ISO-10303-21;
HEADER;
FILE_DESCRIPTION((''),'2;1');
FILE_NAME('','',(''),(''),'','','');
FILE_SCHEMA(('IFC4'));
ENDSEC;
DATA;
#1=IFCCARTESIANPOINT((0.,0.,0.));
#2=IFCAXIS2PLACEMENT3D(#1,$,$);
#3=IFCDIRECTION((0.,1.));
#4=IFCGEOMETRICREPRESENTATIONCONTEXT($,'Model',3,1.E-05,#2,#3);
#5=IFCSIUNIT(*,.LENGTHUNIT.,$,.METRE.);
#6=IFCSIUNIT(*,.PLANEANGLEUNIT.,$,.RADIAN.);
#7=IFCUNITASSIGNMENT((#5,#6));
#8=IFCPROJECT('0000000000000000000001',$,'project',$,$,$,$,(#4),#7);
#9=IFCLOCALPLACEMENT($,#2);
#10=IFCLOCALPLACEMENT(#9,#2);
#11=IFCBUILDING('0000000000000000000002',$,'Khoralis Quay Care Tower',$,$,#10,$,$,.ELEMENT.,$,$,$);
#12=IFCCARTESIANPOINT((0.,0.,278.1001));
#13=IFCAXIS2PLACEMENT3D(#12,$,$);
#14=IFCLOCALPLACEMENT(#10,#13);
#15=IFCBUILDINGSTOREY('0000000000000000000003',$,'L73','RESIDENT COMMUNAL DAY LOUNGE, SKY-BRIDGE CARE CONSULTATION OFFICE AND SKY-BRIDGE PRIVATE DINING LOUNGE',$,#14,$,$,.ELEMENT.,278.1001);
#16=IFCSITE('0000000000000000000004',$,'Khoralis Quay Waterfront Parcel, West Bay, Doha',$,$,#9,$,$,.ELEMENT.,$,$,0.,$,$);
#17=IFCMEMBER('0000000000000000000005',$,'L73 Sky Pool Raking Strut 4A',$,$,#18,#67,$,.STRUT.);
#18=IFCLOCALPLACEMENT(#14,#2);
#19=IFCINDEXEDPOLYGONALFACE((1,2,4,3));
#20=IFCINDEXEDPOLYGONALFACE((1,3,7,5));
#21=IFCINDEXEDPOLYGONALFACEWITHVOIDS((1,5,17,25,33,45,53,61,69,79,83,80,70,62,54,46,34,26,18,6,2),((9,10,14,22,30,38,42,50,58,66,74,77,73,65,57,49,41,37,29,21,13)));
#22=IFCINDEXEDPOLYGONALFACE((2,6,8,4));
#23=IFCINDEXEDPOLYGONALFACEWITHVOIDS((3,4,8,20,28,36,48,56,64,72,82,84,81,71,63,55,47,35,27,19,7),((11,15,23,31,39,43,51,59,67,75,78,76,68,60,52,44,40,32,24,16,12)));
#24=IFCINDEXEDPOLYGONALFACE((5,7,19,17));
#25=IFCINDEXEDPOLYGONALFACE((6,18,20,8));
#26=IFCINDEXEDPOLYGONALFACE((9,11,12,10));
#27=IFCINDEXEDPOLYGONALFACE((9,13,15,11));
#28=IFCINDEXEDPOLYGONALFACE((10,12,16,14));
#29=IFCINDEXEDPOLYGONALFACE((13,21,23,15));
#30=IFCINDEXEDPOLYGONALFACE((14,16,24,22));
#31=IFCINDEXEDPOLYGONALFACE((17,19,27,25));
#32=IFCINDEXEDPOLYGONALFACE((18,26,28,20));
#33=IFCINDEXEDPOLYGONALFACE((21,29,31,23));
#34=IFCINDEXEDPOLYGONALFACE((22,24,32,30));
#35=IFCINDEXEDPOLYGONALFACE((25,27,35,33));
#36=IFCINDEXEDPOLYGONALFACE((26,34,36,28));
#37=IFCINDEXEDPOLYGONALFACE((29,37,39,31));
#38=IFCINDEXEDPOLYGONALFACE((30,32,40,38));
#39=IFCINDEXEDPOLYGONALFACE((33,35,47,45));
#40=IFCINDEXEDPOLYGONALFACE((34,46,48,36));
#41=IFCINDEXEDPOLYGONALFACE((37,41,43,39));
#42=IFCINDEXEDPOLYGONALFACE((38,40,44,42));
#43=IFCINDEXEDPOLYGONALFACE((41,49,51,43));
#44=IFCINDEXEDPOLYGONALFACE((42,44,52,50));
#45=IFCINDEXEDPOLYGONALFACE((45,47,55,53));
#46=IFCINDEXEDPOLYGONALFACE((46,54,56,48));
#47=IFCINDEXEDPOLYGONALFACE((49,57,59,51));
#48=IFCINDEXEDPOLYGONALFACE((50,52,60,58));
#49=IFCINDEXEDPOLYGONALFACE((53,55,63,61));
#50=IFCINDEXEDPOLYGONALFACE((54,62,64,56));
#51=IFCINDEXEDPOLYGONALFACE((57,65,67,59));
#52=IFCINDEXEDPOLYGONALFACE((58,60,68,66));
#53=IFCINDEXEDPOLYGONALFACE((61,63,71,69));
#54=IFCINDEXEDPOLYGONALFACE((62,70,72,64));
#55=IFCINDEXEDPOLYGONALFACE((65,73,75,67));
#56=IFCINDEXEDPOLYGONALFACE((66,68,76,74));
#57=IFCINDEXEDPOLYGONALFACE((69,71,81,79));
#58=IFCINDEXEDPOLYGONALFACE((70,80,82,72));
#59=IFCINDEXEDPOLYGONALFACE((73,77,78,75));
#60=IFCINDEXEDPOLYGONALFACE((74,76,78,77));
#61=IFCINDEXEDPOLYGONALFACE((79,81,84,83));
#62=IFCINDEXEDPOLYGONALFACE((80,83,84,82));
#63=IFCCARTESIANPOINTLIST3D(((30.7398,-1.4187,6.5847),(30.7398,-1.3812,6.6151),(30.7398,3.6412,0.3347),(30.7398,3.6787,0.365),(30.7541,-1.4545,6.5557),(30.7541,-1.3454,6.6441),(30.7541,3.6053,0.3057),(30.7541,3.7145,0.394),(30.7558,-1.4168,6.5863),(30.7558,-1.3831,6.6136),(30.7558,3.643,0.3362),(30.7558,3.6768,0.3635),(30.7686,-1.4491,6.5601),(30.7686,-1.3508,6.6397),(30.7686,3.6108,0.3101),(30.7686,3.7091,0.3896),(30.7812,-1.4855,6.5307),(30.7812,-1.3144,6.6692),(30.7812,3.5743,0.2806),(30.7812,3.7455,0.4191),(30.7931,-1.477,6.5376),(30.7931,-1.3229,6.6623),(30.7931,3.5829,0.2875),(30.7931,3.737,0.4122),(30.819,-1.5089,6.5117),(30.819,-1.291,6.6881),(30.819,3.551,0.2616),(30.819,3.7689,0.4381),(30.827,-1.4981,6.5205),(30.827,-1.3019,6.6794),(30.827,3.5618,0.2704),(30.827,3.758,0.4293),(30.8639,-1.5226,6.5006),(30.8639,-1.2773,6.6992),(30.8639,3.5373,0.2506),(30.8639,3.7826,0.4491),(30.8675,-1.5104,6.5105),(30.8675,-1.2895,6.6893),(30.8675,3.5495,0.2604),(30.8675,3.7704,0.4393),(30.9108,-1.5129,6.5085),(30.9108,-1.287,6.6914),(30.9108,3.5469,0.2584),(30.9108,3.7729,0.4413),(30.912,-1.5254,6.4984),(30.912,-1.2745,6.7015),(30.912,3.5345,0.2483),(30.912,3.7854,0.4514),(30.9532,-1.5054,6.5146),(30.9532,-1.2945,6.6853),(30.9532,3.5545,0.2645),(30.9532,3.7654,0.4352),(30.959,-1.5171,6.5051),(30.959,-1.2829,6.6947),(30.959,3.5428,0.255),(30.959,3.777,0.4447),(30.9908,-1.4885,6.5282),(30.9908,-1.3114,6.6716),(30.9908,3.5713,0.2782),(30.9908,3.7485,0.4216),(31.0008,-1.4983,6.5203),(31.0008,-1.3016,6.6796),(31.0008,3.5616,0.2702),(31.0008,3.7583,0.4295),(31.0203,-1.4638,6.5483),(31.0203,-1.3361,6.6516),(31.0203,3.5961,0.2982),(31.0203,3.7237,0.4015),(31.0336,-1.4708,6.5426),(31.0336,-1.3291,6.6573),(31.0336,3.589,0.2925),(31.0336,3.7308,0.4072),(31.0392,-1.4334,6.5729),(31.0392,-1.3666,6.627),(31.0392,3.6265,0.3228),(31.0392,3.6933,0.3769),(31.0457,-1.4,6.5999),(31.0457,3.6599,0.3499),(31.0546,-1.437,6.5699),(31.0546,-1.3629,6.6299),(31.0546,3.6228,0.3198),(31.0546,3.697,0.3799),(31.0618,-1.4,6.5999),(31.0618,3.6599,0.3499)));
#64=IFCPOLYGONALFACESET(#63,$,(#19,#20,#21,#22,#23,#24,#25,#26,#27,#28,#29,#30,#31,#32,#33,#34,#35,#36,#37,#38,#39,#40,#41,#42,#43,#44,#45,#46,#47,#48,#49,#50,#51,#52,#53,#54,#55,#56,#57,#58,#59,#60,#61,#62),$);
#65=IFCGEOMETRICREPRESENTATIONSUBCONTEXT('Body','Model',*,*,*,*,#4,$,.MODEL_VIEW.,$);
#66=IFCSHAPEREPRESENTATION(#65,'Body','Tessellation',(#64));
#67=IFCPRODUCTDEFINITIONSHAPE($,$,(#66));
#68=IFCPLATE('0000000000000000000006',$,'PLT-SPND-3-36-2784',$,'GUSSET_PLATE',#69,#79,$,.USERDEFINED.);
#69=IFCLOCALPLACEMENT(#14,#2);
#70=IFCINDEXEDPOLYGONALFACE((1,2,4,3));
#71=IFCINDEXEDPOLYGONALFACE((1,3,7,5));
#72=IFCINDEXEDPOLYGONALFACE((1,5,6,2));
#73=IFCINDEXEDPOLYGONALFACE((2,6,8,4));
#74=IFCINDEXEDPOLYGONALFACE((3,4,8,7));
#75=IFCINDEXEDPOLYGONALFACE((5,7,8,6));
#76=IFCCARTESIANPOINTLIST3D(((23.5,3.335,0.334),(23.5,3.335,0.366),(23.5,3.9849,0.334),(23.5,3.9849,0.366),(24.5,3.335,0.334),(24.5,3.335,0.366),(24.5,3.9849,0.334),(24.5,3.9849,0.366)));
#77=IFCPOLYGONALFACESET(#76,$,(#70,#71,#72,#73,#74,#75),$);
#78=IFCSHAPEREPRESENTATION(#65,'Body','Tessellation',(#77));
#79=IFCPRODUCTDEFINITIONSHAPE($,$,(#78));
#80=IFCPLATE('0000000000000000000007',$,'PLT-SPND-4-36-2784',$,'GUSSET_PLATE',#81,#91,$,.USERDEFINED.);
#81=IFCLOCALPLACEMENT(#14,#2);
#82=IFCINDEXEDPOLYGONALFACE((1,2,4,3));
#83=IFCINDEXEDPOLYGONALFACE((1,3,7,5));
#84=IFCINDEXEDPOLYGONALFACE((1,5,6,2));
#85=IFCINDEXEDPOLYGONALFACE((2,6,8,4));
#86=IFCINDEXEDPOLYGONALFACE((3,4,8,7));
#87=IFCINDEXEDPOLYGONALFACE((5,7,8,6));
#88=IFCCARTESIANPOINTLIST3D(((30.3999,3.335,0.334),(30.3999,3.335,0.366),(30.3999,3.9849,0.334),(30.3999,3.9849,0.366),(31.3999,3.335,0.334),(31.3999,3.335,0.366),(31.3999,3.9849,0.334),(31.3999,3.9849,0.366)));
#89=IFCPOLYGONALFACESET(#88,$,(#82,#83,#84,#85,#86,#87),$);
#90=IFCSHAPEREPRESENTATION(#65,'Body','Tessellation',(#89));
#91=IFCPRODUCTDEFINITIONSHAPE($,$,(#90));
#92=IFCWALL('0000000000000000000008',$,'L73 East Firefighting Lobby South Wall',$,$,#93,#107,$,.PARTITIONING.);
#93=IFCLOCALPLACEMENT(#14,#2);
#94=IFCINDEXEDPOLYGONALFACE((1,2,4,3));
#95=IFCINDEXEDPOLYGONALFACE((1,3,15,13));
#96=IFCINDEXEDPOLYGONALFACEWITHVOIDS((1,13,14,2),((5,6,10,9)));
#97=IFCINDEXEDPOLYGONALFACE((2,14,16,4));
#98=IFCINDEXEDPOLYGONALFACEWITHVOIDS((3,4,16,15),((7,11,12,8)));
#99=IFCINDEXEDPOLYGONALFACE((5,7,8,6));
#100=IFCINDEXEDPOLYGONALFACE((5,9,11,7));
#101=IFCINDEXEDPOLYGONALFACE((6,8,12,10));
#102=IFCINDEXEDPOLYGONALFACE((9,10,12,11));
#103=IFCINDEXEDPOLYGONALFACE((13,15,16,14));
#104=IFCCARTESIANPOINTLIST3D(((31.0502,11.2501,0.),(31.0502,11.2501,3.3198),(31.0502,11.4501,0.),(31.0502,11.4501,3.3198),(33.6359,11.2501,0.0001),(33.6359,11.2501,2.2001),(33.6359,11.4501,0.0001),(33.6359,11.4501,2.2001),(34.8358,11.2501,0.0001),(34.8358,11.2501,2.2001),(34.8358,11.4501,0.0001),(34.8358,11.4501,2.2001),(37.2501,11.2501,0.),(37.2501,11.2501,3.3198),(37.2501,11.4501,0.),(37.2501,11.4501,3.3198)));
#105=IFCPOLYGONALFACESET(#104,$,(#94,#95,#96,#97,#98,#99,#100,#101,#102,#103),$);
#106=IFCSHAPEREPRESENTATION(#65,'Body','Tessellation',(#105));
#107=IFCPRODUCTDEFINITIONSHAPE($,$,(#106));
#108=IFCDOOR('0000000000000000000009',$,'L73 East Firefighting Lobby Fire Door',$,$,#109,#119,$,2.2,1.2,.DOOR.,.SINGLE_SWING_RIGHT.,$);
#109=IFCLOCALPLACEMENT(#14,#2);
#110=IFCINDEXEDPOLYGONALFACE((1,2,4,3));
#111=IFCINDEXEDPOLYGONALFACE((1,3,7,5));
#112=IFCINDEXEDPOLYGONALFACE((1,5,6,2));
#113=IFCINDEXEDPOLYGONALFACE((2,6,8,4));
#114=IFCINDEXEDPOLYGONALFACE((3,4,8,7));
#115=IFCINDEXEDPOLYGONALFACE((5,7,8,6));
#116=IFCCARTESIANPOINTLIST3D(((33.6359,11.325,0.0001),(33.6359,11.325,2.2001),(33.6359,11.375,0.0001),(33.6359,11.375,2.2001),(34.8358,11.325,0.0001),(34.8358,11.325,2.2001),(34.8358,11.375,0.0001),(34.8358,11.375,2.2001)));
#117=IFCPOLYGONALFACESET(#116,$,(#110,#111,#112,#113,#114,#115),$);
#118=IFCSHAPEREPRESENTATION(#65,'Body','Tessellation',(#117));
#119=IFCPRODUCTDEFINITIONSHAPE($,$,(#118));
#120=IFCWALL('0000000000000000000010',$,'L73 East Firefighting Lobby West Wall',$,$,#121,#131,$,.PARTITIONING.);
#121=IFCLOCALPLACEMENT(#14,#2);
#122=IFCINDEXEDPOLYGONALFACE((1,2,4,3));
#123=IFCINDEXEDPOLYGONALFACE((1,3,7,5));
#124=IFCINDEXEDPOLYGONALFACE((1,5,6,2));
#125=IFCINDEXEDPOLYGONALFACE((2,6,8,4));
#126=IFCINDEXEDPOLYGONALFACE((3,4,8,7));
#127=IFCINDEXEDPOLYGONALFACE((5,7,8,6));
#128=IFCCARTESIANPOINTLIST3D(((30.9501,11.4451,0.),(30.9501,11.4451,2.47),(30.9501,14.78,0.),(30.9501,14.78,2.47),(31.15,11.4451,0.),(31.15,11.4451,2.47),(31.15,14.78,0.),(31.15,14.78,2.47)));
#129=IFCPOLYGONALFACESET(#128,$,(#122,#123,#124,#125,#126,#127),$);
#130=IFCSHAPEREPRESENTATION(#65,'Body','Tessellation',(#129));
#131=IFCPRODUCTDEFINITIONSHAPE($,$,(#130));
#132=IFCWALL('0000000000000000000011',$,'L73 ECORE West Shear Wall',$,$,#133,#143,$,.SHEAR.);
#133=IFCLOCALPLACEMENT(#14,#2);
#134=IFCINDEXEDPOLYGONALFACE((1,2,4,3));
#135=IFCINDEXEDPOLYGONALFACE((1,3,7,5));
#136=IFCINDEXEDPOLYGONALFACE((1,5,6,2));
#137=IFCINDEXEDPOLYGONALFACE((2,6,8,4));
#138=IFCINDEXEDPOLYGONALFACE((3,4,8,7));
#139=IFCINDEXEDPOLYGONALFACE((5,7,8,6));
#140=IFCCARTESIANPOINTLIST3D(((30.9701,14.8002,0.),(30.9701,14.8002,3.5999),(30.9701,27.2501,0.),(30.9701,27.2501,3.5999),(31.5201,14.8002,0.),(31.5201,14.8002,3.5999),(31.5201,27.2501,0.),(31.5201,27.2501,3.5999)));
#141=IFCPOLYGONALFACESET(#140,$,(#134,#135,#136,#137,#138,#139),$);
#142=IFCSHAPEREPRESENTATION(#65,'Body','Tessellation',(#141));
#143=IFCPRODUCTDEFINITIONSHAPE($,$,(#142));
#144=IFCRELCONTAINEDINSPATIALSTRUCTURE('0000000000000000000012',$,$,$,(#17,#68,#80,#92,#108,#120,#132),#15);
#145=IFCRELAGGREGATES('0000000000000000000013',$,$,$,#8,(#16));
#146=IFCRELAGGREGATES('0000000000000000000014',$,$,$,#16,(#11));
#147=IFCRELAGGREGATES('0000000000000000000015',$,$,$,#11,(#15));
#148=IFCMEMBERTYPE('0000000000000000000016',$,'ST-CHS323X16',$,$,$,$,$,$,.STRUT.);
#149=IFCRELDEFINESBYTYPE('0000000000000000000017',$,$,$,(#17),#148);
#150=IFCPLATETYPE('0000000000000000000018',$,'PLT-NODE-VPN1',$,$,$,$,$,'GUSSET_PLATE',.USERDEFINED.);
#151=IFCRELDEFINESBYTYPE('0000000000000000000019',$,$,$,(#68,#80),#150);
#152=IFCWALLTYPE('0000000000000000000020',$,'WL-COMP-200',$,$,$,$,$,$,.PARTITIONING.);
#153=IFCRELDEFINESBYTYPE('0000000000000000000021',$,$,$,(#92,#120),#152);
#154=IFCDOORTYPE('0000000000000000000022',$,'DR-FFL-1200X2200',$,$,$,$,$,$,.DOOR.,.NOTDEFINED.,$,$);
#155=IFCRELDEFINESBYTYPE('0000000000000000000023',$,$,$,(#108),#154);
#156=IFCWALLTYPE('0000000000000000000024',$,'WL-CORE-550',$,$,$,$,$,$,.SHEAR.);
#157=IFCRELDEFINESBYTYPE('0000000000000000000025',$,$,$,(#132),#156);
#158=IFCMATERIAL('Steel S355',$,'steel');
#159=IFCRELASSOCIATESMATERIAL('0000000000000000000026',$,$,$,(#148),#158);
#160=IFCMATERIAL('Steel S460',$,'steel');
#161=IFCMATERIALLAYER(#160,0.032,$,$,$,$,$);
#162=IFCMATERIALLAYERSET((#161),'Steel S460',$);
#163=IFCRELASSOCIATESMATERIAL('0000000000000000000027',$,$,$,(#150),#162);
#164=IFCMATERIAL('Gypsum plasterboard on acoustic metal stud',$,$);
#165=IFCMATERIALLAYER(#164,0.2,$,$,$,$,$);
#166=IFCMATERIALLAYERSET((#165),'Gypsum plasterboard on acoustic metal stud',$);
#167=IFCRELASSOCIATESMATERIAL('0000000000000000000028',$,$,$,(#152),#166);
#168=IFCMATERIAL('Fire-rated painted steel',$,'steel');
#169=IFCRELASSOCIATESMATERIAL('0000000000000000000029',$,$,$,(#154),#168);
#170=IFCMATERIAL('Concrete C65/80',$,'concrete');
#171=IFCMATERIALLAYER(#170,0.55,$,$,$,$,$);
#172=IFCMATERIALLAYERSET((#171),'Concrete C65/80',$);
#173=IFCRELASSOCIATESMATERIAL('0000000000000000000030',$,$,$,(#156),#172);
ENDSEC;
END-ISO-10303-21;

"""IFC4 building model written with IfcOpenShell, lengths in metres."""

from ifc_helpers import new_model, si_unit, direction, frame, frame_2d, origin, origin_2d, place, context, subcontext, project, spatial, rectangle, hollow_circle, extrude, source, transform, mapped, material, layer, layer_set, material_profile, profile_set, type_object, element, fill, save


model = new_model("IFC4")

# Units and contexts
model_context = context("Model", 3, precision=1e-05, world=origin(), true_north=direction((0.0, 1.0)))
body_context = subcontext(model_context, "Body", "Model", "MODEL_VIEW")
ifc_project = project(units=[si_unit("LENGTHUNIT", "METRE"), si_unit("PLANEANGLEUNIT", "RADIAN")], contexts=[model_context])

# Site, building, storey
site_placement = place(None, origin())
site = spatial("IfcSite", under=ifc_project, at=site_placement, Name="Khoralis Quay Waterfront Parcel, West Bay, Doha", CompositionType="ELEMENT", RefElevation=0.0)
building_placement = place(site_placement, origin())
building = spatial("IfcBuilding", under=site, at=building_placement, Name="Khoralis Quay Care Tower", CompositionType="ELEMENT")
storey_placement = place(building_placement, frame((0.0, 0.0, 278.1001)))
storey = spatial("IfcBuildingStorey", under=building, at=storey_placement, Name="L73", Description="RESIDENT COMMUNAL DAY LOUNGE, SKY-BRIDGE CARE CONSULTATION OFFICE AND SKY-BRIDGE PRIVATE DINING LOUNGE", CompositionType="ELEMENT", Elevation=278.1001)

# Shared definitions
ifc_material_1 = material(Name="Steel S355", Category="steel")

# Member
ifc_material_profile_1 = material_profile(ifc_material_1, hollow_circle(Radius=0.1619, WallThickness=0.0161, at=origin_2d()), Name="Steel S355")
ifc_profile_set_1 = profile_set([ifc_material_profile_1], Name="Steel S355")
member_type = type_object("IfcMemberType", Name="ST-CHS323X16", PredefinedType="STRUT", material=ifc_profile_set_1)
shared_shape_1 = source(origin(), body_context, "Body", "SweptSolid", [
    extrude(hollow_circle(Radius=0.1619, WallThickness=0.0161, at=origin_2d()), origin(), (0.0, 0.0, 1.0), 8.0415),
])
for number, where, z_axis, x_axis, name in (
    (1, (30.8999, 3.6599, 0.3499), (0.0, -0.62922, 0.777227), (1.0, 0.0, 0.0), "L73 Sky Pool Raking Strut 4A"),
):
    element("IfcMember", number, at=place(storey_placement, frame(where, z_axis=z_axis, x_axis=x_axis)), inside=storey, type_object=member_type, Name=name, PredefinedType="STRUT", context=body_context, shape_type="MappedRepresentation", body=[
        mapped(shared_shape_1, transform((0.0, 0.0, 0.0), scale=1.0)),
    ])

# Plates
ifc_material_2 = material(Name="Steel S460", Category="steel")
ifc_layer_1 = layer(ifc_material_2, 0.032)
ifc_layer_set_1 = layer_set([ifc_layer_1], Name="Steel S460")
plate_type = type_object("IfcPlateType", Name="PLT-NODE-VPN1", ElementType="GUSSET_PLATE", PredefinedType="USERDEFINED", material=ifc_layer_set_1)
shared_shape_2 = source(origin(), body_context, "Body", "SweptSolid", [
    extrude(rectangle(XDim=1.0, YDim=0.6499, at=origin_2d()), origin(), (0.0, 0.0, 1.0), 0.032),
])
for number, where, z_axis, x_axis, name in (
    (2, (24.0, 3.6599, 0.334), (0.0, 0.0, 1.0), (1.0, 0.0, 0.0), "PLT-SPND-3-36-2784"),
    (3, (30.8999, 3.6599, 0.334), (0.0, 0.0, 1.0), (1.0, 0.0, 0.0), "PLT-SPND-4-36-2784"),
):
    element("IfcPlate", number, at=place(storey_placement, frame(where, z_axis=z_axis, x_axis=x_axis)), inside=storey, type_object=plate_type, Name=name, ObjectType="GUSSET_PLATE", PredefinedType="USERDEFINED", context=body_context, shape_type="MappedRepresentation", body=[
        mapped(shared_shape_2, transform((0.0, 0.0, 0.0), scale=1.0)),
    ])

# Wall, opening, door
ifc_material_3 = material(Name="Gypsum plasterboard on acoustic metal stud")
ifc_layer_2 = layer(ifc_material_3, 0.2)
ifc_layer_set_2 = layer_set([ifc_layer_2], Name="Gypsum plasterboard on acoustic metal stud")
wall_type_1 = type_object("IfcWallType", Name="WL-COMP-200", PredefinedType="PARTITIONING", material=ifc_layer_set_2)
wall_1_placement = place(storey_placement, frame((31.05, 11.3501, 0.0), z_axis=(0.0, 0.0, 1.0), x_axis=(1.0, 0.0, 0.0)))
wall_1 = element("IfcWall", 4, at=wall_1_placement, inside=storey, type_object=wall_type_1, Name="L73 East Firefighting Lobby South Wall", PredefinedType="PARTITIONING", context=body_context, shape_type="SweptSolid", body=[
    extrude(rectangle(XDim=6.2, YDim=0.2, at=frame_2d((3.1001, 0.0))), origin(), (0.0, 0.0, 1.0), 3.3198),
])
opening_1_placement = place(wall_1_placement, frame((2.5857, 0.0, 0.0)))
opening_1 = element("IfcOpeningElement", 5, at=opening_1_placement, cuts=wall_1, PredefinedType="OPENING", context=body_context, shape_type="SweptSolid", body=[
    extrude(rectangle(XDim=1.2, YDim=2.2, at=frame_2d((0.6001, 1.1001))), frame((0.0, 0.1099, 0.0), z_axis=(0.0, -1.0, 0.0), x_axis=(1.0, 0.0, 0.0)), (0.0, 0.0, 1.0), 0.22),
])
ifc_material_4 = material(Name="Fire-rated painted steel", Category="steel")
door_type_1 = type_object("IfcDoorType", Name="DR-FFL-1200X2200", OperationType="NOTDEFINED", PredefinedType="DOOR", material=ifc_material_4)
shared_shape_3 = source(origin(), body_context, "Body", "SweptSolid", [
    extrude(rectangle(XDim=1.2, YDim=2.2, at=frame_2d((0.6001, 1.1001))), frame((0.0, 0.0249, 0.0), z_axis=(0.0, -1.0, 0.0), x_axis=(1.0, 0.0, 0.0)), (0.0, 0.0, 1.0), 0.05),
])
door_1_placement = place(opening_1_placement, origin())
door_1 = element("IfcDoor", 6, at=door_1_placement, inside=storey, type_object=door_type_1, Name="L73 East Firefighting Lobby Fire Door", OperationType="SINGLE_SWING_RIGHT", OverallHeight=2.2, OverallWidth=1.2, PredefinedType="DOOR", context=body_context, shape_type="MappedRepresentation", body=[
    mapped(shared_shape_3, transform((0.0, 0.0, 0.0), scale=1.0)),
])
fill(opening_1, door_1)

# Walls
wall_2_placement = place(storey_placement, frame((31.05, 11.4451, 0.0), z_axis=(0.0, 0.0, 1.0), x_axis=(0.0, 1.0, 0.0)))
element("IfcWall", 7, at=wall_2_placement, inside=storey, type_object=wall_type_1, Name="L73 East Firefighting Lobby West Wall", PredefinedType="PARTITIONING", context=body_context, shape_type="SweptSolid", body=[
    extrude(rectangle(XDim=3.335, YDim=0.2, at=frame_2d((1.6675, 0.0))), origin(), (0.0, 0.0, 1.0), 2.47),
])
ifc_material_5 = material(Name="Concrete C65/80", Category="concrete")
ifc_layer_3 = layer(ifc_material_5, 0.55)
ifc_layer_set_3 = layer_set([ifc_layer_3], Name="Concrete C65/80")
wall_type_2 = type_object("IfcWallType", Name="WL-CORE-550", PredefinedType="SHEAR", material=ifc_layer_set_3)
wall_3_placement = place(storey_placement, frame((31.2451, 14.8, 0.0), z_axis=(0.0, 0.0, 1.0), x_axis=(0.0, 1.0, 0.0)))
element("IfcWall", 8, at=wall_3_placement, inside=storey, type_object=wall_type_2, Name="L73 ECORE West Shear Wall", PredefinedType="SHEAR", context=body_context, shape_type="SweptSolid", body=[
    extrude(rectangle(XDim=12.45, YDim=0.55, at=frame_2d((6.2251, 0.0))), origin(), (0.0, 0.0, 1.0), 3.5999),
])

save(model, "model.ifc")
